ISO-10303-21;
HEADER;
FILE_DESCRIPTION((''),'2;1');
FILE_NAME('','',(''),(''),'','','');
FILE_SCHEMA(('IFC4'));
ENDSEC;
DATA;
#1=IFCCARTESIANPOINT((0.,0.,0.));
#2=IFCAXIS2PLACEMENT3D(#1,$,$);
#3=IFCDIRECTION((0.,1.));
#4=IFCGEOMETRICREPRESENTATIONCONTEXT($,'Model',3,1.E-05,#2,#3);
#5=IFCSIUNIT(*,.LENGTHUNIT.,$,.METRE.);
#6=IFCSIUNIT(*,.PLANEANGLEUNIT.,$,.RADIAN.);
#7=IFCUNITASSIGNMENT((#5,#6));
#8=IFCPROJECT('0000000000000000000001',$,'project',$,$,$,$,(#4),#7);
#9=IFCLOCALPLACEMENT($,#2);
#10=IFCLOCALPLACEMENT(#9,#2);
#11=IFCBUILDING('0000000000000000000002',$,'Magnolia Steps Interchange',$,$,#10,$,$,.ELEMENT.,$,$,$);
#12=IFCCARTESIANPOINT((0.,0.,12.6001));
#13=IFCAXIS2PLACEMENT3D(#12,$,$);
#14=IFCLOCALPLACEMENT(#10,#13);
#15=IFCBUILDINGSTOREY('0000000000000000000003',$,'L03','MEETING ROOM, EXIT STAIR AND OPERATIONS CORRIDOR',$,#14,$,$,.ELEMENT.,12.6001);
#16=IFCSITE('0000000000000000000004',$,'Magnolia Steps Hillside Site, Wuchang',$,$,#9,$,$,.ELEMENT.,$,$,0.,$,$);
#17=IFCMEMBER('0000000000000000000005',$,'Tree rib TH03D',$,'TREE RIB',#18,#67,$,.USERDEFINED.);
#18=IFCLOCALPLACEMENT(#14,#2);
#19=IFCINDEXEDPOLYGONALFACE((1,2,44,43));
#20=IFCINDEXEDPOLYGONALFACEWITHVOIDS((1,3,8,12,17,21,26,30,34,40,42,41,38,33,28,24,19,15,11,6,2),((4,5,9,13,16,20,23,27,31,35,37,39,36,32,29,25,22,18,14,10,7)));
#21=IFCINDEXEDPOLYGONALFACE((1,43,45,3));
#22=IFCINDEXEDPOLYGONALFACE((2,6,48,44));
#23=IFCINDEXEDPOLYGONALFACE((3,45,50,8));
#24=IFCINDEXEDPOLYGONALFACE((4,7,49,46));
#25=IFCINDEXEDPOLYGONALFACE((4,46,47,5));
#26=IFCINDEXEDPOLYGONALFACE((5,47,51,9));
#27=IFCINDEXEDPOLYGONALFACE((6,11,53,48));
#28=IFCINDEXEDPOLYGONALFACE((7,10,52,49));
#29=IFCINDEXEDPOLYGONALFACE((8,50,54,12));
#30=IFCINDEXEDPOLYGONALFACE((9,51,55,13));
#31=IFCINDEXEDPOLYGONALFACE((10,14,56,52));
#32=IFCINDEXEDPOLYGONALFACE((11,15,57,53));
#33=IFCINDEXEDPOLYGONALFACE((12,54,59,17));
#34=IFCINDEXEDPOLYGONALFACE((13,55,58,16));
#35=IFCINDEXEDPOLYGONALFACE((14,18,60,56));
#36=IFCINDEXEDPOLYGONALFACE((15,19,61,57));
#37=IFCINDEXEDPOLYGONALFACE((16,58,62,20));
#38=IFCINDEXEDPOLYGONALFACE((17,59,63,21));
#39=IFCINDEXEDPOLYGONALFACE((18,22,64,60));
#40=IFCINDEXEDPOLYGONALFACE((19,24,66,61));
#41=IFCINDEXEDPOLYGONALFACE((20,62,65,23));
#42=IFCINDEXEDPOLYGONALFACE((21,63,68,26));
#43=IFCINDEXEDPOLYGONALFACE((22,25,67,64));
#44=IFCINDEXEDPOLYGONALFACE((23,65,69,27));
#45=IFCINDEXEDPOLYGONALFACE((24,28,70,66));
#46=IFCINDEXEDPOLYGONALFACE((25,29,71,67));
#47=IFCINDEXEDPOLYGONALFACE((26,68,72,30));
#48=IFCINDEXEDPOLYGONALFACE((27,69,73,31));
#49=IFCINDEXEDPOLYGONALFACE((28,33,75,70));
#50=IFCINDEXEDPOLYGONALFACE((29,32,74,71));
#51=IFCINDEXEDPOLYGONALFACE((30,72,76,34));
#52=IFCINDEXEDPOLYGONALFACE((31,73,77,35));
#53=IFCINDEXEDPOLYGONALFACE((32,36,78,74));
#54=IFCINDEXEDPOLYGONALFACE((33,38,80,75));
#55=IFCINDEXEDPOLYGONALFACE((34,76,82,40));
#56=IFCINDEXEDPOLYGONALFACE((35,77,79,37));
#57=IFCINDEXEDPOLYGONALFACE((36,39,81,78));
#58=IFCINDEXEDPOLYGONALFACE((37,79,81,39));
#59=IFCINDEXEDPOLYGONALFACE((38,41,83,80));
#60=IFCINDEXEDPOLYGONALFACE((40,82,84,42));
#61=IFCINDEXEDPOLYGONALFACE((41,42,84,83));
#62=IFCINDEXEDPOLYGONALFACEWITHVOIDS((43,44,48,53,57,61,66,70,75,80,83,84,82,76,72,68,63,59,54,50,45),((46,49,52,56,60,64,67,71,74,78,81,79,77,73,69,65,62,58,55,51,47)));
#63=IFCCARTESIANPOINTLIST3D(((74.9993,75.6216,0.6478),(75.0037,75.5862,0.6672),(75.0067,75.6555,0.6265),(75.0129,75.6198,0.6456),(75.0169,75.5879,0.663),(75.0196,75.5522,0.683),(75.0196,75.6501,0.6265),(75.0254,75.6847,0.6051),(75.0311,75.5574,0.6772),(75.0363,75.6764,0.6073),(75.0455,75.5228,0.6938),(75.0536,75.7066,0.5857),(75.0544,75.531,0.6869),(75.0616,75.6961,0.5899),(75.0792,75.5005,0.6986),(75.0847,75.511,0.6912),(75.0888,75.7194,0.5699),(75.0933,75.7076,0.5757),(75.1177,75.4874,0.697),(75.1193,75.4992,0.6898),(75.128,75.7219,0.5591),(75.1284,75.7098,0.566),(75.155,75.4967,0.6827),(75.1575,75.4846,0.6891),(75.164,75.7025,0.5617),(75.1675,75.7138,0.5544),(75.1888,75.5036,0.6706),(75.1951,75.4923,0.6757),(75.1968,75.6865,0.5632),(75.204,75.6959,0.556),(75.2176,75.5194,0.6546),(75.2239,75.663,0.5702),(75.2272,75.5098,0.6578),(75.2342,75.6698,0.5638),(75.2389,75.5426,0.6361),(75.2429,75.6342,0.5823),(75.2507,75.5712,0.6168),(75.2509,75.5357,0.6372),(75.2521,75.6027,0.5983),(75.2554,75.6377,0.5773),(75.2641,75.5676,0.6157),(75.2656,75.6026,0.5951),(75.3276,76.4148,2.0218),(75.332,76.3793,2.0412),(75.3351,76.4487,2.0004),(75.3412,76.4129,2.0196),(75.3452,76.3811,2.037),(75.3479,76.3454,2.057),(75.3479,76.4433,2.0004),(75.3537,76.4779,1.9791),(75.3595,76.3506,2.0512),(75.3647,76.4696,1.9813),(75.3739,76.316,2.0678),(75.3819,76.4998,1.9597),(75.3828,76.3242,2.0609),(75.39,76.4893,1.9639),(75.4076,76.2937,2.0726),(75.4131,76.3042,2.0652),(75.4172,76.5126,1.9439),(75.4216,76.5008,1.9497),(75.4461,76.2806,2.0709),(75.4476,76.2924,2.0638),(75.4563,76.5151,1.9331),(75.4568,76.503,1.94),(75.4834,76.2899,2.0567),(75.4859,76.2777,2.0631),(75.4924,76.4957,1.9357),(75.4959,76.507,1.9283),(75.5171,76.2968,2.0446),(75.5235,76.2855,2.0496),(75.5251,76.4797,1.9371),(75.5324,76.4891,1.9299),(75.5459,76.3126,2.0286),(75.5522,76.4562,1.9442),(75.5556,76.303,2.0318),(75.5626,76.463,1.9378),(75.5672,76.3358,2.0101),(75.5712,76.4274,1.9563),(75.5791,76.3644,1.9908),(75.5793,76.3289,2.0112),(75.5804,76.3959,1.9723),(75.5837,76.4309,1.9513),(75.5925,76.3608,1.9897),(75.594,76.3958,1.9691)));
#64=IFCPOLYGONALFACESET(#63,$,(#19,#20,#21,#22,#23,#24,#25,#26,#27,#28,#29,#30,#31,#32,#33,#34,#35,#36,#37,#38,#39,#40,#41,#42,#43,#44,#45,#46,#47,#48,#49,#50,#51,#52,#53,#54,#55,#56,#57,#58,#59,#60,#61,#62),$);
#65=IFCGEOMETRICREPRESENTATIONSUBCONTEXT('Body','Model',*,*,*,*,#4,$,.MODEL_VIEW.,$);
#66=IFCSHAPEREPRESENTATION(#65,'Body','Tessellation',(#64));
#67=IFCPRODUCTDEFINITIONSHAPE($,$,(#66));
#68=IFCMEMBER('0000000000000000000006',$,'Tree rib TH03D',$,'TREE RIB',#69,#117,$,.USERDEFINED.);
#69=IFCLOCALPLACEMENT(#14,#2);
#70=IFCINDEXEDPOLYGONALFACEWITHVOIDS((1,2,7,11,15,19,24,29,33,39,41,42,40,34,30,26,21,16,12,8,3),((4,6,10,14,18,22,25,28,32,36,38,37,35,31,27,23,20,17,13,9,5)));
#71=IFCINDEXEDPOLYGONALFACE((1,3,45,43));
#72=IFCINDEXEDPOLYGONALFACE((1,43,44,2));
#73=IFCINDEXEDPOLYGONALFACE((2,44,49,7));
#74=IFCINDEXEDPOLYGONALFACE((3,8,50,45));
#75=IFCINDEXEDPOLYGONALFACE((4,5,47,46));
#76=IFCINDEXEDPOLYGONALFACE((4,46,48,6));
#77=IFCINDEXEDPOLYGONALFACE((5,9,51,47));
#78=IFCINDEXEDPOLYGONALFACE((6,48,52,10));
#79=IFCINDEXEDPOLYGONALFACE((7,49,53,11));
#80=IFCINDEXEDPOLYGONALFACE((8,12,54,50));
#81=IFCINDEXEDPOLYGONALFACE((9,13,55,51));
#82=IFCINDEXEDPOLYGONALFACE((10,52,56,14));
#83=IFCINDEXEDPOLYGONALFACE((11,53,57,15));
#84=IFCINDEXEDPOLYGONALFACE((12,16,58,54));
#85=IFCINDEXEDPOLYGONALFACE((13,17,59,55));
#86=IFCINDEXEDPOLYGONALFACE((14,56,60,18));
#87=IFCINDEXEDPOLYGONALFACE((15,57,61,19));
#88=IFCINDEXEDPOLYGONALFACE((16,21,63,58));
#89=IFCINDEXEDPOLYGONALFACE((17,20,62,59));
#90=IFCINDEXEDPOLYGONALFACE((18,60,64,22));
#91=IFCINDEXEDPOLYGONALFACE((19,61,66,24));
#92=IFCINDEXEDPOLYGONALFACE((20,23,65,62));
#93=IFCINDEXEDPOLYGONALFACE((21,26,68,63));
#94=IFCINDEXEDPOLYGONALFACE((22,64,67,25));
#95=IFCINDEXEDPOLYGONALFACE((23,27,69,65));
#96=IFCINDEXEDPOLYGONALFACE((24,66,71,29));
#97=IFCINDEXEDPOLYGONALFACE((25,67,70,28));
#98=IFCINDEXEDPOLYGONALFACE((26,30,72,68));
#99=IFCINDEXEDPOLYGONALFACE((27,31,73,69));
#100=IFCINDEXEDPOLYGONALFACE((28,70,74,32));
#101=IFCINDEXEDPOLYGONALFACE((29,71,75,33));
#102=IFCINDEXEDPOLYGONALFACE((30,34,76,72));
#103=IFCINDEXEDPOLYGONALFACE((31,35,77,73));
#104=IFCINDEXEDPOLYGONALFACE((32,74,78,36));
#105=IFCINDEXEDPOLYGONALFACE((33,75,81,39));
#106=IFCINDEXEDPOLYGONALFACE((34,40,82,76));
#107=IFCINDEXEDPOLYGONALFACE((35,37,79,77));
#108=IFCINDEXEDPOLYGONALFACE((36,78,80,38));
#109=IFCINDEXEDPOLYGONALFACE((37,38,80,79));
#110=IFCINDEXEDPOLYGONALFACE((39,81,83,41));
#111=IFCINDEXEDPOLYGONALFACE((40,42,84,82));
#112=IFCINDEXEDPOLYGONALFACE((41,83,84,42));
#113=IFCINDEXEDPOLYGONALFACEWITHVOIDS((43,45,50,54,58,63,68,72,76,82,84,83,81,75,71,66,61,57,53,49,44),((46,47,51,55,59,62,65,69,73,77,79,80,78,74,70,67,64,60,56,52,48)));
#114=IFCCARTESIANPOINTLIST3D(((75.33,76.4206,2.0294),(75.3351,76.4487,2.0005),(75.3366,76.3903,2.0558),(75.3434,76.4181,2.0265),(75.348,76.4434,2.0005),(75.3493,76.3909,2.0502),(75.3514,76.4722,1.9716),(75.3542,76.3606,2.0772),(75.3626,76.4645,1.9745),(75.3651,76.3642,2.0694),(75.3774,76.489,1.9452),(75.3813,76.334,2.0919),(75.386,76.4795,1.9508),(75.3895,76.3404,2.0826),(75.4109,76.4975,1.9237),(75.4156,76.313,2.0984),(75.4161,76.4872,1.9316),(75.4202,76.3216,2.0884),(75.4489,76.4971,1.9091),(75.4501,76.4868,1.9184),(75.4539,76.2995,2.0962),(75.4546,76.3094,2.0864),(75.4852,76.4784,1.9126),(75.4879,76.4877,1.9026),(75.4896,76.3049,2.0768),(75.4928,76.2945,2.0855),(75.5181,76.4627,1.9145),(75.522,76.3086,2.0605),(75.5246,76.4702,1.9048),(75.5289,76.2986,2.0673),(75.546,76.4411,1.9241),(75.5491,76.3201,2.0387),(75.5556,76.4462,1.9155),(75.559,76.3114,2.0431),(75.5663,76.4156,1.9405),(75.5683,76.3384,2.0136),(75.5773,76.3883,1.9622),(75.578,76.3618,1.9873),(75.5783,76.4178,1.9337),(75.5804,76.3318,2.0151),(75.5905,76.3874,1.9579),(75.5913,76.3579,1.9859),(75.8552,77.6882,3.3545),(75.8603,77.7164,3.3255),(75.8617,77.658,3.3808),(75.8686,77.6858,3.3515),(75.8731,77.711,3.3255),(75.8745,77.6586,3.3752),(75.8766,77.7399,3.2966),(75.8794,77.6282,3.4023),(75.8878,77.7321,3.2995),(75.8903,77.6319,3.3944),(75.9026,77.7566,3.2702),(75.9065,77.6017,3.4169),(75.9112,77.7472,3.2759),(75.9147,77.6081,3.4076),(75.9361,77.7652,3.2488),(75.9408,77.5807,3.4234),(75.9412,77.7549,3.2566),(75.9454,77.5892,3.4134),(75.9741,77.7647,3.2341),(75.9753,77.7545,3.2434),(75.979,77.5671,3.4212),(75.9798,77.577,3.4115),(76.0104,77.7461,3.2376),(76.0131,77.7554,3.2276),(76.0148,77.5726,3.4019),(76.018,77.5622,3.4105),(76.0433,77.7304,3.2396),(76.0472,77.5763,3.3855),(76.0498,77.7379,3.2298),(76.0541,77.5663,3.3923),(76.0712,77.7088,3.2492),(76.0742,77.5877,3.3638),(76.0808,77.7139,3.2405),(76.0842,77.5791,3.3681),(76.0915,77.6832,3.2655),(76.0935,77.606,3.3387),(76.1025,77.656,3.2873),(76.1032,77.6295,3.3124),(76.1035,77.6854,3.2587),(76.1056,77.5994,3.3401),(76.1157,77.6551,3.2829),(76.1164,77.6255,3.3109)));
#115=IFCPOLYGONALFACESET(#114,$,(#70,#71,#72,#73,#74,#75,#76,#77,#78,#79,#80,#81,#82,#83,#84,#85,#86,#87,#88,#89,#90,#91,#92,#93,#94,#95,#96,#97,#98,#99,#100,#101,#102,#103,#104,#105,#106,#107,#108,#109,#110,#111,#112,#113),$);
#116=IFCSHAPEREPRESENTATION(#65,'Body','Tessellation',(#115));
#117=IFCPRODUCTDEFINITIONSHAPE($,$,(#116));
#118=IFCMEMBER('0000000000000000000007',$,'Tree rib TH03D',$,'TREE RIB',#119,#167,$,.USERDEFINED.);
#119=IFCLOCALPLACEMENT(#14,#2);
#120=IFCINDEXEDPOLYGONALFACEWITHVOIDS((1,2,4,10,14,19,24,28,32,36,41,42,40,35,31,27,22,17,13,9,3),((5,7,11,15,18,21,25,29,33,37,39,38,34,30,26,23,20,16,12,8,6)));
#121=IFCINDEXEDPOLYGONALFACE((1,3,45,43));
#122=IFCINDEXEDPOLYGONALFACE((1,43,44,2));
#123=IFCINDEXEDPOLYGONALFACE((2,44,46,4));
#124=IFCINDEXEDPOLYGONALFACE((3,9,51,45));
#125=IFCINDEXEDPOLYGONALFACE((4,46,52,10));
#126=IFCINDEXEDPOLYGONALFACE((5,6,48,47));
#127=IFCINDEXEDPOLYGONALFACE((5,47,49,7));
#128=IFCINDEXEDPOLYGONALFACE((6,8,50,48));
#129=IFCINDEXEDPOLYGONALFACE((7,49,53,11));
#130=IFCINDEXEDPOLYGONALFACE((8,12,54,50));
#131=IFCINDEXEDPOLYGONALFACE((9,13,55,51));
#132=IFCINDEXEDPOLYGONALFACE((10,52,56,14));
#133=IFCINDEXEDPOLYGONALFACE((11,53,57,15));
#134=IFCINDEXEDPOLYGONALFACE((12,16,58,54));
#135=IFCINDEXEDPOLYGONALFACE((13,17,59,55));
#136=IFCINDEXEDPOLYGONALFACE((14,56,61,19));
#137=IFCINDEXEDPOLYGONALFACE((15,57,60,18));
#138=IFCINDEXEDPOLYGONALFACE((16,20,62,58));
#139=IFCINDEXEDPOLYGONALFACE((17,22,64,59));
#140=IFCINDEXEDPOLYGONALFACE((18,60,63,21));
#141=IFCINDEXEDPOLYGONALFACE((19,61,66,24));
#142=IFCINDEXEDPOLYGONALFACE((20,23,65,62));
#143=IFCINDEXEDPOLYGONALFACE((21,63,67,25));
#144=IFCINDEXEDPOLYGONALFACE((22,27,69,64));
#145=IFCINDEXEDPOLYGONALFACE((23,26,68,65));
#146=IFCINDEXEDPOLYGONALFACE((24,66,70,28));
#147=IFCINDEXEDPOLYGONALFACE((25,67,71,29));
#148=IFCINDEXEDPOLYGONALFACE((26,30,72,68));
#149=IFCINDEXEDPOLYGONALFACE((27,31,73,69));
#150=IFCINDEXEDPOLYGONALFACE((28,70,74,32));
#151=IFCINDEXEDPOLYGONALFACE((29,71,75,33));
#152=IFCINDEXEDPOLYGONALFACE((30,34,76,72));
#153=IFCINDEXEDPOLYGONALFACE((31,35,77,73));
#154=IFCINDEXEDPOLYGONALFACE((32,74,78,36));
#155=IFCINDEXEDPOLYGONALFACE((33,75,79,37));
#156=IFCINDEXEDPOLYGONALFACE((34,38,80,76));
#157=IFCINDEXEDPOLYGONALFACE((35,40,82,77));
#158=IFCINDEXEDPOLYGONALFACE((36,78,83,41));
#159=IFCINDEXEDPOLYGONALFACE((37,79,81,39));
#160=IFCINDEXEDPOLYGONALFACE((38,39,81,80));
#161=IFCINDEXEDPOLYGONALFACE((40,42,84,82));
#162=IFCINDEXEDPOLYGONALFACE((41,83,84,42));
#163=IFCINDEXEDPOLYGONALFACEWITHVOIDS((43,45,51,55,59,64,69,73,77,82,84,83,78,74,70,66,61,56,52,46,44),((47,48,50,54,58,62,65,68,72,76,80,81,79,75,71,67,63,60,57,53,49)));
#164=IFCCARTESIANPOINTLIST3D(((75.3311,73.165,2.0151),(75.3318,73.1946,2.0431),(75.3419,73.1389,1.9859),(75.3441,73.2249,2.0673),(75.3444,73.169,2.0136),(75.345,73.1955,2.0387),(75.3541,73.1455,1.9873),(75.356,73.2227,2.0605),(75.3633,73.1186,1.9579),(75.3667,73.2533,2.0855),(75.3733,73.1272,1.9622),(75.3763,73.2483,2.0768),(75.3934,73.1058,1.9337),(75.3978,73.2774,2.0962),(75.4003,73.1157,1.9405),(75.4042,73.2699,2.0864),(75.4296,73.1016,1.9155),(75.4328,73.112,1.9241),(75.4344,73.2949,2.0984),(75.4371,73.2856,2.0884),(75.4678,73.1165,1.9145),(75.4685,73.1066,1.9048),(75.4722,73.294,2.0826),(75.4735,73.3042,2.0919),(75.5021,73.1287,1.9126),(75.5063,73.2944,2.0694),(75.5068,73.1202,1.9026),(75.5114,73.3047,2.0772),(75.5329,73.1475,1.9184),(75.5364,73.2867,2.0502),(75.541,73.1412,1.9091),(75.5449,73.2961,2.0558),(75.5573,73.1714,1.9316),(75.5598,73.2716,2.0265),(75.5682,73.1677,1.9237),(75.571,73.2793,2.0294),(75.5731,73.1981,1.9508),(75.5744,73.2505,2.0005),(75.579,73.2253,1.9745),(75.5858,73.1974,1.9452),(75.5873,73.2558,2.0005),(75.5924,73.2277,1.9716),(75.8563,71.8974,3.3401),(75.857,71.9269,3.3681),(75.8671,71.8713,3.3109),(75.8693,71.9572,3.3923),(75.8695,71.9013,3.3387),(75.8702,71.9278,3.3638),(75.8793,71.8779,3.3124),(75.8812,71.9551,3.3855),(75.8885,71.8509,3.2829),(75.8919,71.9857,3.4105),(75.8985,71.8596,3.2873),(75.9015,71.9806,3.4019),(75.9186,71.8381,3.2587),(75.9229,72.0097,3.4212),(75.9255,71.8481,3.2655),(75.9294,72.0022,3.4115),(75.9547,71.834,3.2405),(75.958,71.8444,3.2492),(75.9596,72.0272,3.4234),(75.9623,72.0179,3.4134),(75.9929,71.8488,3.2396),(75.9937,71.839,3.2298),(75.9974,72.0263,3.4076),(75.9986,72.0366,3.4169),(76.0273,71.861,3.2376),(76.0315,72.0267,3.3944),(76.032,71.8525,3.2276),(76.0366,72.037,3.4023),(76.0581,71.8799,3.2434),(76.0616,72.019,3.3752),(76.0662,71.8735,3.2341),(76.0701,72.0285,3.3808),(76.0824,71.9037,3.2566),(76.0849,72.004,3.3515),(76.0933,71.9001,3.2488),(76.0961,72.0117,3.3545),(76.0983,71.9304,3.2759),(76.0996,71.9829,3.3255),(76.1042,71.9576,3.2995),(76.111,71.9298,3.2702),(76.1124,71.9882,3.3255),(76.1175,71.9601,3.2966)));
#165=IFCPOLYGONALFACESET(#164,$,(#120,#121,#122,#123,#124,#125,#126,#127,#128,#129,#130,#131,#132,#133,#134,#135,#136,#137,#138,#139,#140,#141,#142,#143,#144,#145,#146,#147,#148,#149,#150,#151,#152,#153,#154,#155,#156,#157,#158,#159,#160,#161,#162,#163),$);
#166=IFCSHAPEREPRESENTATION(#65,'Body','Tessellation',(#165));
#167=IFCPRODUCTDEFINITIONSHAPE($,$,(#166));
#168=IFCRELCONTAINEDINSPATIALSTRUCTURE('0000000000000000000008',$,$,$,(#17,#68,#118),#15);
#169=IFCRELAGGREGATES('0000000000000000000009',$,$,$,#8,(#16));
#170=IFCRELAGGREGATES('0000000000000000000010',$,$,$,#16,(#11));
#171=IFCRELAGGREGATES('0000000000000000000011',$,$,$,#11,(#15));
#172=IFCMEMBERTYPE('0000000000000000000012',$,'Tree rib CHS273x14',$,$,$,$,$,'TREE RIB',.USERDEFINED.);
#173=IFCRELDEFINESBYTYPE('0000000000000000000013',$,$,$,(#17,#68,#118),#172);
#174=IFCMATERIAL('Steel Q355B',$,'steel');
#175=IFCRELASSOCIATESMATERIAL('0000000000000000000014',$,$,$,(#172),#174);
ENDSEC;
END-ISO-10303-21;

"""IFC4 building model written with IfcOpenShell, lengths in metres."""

from ifc_helpers import new_model, si_unit, direction, frame, origin, origin_2d, place, context, subcontext, project, spatial, hollow_circle, extrude, material, material_profile, profile_set, type_object, element, save


model = new_model("IFC4")

# Units and contexts
model_context = context("Model", 3, precision=1e-05, world=origin(), true_north=direction((0.0, 1.0)))
body_context = subcontext(model_context, "Body", "Model", "MODEL_VIEW")
ifc_project = project(units=[si_unit("LENGTHUNIT", "METRE"), si_unit("PLANEANGLEUNIT", "RADIAN")], contexts=[model_context])

# Site, building, storey
site_placement = place(None, origin())
site = spatial("IfcSite", under=ifc_project, at=site_placement, Name="Magnolia Steps Hillside Site, Wuchang", CompositionType="ELEMENT", RefElevation=0.0)
building_placement = place(site_placement, origin())
building = spatial("IfcBuilding", under=site, at=building_placement, Name="Magnolia Steps Interchange", CompositionType="ELEMENT")
storey_placement = place(building_placement, frame((0.0, 0.0, 12.6001)))
storey = spatial("IfcBuildingStorey", under=building, at=storey_placement, Name="L03", Description="MEETING ROOM, EXIT STAIR AND OPERATIONS CORRIDOR", CompositionType="ELEMENT", Elevation=12.6001)

# Members
ifc_material_1 = material(Name="Steel Q355B", Category="steel")
ifc_material_profile_1 = material_profile(ifc_material_1, hollow_circle(Radius=0.1365, WallThickness=0.0139, at=origin_2d()), Name="CHS273x14")
ifc_profile_set_1 = profile_set([ifc_material_profile_1], Name="Steel Q355B")
member_type = type_object("IfcMemberType", Name="Tree rib CHS273x14", ElementType="TREE RIB", PredefinedType="USERDEFINED", material=ifc_profile_set_1)
member_1_placement = place(storey_placement, frame((75.1328, 75.6033, 0.6265), z_axis=(0.202676, 0.489586, 0.848073), x_axis=(-0.923958, 0.382494, 0.0)))
element("IfcMember", 1, at=member_1_placement, inside=storey, type_object=member_type, Name="Tree rib TH03D", ObjectType="TREE RIB", PredefinedType="USERDEFINED", context=body_context, shape_type="SweptSolid", body=[
    extrude(hollow_circle(Radius=0.1365, WallThickness=0.0139, at=origin_2d()), origin(), (0.0, 0.0, 1.0), 1.6201),
])
for number, where, z_axis, x_axis, name in (
    (2, (75.4612, 76.3965, 2.0005), (0.275326, 0.664571, 0.694651), (-0.923854, 0.382745, 0.0), "Tree rib TH03D"),
    (3, (75.4612, 73.2036, 2.0005), (0.275326, -0.664571, 0.694651), (0.923854, 0.382745, 0.0), "Tree rib TH03D"),
):
    element("IfcMember", number, at=place(storey_placement, frame(where, z_axis=z_axis, x_axis=x_axis)), inside=storey, type_object=member_type, Name=name, ObjectType="TREE RIB", PredefinedType="USERDEFINED", context=body_context, shape_type="SweptSolid", body=[
        extrude(hollow_circle(Radius=0.1365, WallThickness=0.0139, at=origin_2d()), origin(), (0.0, 0.0, 1.0), 1.9075),
    ])

save(model, "model.ifc")
